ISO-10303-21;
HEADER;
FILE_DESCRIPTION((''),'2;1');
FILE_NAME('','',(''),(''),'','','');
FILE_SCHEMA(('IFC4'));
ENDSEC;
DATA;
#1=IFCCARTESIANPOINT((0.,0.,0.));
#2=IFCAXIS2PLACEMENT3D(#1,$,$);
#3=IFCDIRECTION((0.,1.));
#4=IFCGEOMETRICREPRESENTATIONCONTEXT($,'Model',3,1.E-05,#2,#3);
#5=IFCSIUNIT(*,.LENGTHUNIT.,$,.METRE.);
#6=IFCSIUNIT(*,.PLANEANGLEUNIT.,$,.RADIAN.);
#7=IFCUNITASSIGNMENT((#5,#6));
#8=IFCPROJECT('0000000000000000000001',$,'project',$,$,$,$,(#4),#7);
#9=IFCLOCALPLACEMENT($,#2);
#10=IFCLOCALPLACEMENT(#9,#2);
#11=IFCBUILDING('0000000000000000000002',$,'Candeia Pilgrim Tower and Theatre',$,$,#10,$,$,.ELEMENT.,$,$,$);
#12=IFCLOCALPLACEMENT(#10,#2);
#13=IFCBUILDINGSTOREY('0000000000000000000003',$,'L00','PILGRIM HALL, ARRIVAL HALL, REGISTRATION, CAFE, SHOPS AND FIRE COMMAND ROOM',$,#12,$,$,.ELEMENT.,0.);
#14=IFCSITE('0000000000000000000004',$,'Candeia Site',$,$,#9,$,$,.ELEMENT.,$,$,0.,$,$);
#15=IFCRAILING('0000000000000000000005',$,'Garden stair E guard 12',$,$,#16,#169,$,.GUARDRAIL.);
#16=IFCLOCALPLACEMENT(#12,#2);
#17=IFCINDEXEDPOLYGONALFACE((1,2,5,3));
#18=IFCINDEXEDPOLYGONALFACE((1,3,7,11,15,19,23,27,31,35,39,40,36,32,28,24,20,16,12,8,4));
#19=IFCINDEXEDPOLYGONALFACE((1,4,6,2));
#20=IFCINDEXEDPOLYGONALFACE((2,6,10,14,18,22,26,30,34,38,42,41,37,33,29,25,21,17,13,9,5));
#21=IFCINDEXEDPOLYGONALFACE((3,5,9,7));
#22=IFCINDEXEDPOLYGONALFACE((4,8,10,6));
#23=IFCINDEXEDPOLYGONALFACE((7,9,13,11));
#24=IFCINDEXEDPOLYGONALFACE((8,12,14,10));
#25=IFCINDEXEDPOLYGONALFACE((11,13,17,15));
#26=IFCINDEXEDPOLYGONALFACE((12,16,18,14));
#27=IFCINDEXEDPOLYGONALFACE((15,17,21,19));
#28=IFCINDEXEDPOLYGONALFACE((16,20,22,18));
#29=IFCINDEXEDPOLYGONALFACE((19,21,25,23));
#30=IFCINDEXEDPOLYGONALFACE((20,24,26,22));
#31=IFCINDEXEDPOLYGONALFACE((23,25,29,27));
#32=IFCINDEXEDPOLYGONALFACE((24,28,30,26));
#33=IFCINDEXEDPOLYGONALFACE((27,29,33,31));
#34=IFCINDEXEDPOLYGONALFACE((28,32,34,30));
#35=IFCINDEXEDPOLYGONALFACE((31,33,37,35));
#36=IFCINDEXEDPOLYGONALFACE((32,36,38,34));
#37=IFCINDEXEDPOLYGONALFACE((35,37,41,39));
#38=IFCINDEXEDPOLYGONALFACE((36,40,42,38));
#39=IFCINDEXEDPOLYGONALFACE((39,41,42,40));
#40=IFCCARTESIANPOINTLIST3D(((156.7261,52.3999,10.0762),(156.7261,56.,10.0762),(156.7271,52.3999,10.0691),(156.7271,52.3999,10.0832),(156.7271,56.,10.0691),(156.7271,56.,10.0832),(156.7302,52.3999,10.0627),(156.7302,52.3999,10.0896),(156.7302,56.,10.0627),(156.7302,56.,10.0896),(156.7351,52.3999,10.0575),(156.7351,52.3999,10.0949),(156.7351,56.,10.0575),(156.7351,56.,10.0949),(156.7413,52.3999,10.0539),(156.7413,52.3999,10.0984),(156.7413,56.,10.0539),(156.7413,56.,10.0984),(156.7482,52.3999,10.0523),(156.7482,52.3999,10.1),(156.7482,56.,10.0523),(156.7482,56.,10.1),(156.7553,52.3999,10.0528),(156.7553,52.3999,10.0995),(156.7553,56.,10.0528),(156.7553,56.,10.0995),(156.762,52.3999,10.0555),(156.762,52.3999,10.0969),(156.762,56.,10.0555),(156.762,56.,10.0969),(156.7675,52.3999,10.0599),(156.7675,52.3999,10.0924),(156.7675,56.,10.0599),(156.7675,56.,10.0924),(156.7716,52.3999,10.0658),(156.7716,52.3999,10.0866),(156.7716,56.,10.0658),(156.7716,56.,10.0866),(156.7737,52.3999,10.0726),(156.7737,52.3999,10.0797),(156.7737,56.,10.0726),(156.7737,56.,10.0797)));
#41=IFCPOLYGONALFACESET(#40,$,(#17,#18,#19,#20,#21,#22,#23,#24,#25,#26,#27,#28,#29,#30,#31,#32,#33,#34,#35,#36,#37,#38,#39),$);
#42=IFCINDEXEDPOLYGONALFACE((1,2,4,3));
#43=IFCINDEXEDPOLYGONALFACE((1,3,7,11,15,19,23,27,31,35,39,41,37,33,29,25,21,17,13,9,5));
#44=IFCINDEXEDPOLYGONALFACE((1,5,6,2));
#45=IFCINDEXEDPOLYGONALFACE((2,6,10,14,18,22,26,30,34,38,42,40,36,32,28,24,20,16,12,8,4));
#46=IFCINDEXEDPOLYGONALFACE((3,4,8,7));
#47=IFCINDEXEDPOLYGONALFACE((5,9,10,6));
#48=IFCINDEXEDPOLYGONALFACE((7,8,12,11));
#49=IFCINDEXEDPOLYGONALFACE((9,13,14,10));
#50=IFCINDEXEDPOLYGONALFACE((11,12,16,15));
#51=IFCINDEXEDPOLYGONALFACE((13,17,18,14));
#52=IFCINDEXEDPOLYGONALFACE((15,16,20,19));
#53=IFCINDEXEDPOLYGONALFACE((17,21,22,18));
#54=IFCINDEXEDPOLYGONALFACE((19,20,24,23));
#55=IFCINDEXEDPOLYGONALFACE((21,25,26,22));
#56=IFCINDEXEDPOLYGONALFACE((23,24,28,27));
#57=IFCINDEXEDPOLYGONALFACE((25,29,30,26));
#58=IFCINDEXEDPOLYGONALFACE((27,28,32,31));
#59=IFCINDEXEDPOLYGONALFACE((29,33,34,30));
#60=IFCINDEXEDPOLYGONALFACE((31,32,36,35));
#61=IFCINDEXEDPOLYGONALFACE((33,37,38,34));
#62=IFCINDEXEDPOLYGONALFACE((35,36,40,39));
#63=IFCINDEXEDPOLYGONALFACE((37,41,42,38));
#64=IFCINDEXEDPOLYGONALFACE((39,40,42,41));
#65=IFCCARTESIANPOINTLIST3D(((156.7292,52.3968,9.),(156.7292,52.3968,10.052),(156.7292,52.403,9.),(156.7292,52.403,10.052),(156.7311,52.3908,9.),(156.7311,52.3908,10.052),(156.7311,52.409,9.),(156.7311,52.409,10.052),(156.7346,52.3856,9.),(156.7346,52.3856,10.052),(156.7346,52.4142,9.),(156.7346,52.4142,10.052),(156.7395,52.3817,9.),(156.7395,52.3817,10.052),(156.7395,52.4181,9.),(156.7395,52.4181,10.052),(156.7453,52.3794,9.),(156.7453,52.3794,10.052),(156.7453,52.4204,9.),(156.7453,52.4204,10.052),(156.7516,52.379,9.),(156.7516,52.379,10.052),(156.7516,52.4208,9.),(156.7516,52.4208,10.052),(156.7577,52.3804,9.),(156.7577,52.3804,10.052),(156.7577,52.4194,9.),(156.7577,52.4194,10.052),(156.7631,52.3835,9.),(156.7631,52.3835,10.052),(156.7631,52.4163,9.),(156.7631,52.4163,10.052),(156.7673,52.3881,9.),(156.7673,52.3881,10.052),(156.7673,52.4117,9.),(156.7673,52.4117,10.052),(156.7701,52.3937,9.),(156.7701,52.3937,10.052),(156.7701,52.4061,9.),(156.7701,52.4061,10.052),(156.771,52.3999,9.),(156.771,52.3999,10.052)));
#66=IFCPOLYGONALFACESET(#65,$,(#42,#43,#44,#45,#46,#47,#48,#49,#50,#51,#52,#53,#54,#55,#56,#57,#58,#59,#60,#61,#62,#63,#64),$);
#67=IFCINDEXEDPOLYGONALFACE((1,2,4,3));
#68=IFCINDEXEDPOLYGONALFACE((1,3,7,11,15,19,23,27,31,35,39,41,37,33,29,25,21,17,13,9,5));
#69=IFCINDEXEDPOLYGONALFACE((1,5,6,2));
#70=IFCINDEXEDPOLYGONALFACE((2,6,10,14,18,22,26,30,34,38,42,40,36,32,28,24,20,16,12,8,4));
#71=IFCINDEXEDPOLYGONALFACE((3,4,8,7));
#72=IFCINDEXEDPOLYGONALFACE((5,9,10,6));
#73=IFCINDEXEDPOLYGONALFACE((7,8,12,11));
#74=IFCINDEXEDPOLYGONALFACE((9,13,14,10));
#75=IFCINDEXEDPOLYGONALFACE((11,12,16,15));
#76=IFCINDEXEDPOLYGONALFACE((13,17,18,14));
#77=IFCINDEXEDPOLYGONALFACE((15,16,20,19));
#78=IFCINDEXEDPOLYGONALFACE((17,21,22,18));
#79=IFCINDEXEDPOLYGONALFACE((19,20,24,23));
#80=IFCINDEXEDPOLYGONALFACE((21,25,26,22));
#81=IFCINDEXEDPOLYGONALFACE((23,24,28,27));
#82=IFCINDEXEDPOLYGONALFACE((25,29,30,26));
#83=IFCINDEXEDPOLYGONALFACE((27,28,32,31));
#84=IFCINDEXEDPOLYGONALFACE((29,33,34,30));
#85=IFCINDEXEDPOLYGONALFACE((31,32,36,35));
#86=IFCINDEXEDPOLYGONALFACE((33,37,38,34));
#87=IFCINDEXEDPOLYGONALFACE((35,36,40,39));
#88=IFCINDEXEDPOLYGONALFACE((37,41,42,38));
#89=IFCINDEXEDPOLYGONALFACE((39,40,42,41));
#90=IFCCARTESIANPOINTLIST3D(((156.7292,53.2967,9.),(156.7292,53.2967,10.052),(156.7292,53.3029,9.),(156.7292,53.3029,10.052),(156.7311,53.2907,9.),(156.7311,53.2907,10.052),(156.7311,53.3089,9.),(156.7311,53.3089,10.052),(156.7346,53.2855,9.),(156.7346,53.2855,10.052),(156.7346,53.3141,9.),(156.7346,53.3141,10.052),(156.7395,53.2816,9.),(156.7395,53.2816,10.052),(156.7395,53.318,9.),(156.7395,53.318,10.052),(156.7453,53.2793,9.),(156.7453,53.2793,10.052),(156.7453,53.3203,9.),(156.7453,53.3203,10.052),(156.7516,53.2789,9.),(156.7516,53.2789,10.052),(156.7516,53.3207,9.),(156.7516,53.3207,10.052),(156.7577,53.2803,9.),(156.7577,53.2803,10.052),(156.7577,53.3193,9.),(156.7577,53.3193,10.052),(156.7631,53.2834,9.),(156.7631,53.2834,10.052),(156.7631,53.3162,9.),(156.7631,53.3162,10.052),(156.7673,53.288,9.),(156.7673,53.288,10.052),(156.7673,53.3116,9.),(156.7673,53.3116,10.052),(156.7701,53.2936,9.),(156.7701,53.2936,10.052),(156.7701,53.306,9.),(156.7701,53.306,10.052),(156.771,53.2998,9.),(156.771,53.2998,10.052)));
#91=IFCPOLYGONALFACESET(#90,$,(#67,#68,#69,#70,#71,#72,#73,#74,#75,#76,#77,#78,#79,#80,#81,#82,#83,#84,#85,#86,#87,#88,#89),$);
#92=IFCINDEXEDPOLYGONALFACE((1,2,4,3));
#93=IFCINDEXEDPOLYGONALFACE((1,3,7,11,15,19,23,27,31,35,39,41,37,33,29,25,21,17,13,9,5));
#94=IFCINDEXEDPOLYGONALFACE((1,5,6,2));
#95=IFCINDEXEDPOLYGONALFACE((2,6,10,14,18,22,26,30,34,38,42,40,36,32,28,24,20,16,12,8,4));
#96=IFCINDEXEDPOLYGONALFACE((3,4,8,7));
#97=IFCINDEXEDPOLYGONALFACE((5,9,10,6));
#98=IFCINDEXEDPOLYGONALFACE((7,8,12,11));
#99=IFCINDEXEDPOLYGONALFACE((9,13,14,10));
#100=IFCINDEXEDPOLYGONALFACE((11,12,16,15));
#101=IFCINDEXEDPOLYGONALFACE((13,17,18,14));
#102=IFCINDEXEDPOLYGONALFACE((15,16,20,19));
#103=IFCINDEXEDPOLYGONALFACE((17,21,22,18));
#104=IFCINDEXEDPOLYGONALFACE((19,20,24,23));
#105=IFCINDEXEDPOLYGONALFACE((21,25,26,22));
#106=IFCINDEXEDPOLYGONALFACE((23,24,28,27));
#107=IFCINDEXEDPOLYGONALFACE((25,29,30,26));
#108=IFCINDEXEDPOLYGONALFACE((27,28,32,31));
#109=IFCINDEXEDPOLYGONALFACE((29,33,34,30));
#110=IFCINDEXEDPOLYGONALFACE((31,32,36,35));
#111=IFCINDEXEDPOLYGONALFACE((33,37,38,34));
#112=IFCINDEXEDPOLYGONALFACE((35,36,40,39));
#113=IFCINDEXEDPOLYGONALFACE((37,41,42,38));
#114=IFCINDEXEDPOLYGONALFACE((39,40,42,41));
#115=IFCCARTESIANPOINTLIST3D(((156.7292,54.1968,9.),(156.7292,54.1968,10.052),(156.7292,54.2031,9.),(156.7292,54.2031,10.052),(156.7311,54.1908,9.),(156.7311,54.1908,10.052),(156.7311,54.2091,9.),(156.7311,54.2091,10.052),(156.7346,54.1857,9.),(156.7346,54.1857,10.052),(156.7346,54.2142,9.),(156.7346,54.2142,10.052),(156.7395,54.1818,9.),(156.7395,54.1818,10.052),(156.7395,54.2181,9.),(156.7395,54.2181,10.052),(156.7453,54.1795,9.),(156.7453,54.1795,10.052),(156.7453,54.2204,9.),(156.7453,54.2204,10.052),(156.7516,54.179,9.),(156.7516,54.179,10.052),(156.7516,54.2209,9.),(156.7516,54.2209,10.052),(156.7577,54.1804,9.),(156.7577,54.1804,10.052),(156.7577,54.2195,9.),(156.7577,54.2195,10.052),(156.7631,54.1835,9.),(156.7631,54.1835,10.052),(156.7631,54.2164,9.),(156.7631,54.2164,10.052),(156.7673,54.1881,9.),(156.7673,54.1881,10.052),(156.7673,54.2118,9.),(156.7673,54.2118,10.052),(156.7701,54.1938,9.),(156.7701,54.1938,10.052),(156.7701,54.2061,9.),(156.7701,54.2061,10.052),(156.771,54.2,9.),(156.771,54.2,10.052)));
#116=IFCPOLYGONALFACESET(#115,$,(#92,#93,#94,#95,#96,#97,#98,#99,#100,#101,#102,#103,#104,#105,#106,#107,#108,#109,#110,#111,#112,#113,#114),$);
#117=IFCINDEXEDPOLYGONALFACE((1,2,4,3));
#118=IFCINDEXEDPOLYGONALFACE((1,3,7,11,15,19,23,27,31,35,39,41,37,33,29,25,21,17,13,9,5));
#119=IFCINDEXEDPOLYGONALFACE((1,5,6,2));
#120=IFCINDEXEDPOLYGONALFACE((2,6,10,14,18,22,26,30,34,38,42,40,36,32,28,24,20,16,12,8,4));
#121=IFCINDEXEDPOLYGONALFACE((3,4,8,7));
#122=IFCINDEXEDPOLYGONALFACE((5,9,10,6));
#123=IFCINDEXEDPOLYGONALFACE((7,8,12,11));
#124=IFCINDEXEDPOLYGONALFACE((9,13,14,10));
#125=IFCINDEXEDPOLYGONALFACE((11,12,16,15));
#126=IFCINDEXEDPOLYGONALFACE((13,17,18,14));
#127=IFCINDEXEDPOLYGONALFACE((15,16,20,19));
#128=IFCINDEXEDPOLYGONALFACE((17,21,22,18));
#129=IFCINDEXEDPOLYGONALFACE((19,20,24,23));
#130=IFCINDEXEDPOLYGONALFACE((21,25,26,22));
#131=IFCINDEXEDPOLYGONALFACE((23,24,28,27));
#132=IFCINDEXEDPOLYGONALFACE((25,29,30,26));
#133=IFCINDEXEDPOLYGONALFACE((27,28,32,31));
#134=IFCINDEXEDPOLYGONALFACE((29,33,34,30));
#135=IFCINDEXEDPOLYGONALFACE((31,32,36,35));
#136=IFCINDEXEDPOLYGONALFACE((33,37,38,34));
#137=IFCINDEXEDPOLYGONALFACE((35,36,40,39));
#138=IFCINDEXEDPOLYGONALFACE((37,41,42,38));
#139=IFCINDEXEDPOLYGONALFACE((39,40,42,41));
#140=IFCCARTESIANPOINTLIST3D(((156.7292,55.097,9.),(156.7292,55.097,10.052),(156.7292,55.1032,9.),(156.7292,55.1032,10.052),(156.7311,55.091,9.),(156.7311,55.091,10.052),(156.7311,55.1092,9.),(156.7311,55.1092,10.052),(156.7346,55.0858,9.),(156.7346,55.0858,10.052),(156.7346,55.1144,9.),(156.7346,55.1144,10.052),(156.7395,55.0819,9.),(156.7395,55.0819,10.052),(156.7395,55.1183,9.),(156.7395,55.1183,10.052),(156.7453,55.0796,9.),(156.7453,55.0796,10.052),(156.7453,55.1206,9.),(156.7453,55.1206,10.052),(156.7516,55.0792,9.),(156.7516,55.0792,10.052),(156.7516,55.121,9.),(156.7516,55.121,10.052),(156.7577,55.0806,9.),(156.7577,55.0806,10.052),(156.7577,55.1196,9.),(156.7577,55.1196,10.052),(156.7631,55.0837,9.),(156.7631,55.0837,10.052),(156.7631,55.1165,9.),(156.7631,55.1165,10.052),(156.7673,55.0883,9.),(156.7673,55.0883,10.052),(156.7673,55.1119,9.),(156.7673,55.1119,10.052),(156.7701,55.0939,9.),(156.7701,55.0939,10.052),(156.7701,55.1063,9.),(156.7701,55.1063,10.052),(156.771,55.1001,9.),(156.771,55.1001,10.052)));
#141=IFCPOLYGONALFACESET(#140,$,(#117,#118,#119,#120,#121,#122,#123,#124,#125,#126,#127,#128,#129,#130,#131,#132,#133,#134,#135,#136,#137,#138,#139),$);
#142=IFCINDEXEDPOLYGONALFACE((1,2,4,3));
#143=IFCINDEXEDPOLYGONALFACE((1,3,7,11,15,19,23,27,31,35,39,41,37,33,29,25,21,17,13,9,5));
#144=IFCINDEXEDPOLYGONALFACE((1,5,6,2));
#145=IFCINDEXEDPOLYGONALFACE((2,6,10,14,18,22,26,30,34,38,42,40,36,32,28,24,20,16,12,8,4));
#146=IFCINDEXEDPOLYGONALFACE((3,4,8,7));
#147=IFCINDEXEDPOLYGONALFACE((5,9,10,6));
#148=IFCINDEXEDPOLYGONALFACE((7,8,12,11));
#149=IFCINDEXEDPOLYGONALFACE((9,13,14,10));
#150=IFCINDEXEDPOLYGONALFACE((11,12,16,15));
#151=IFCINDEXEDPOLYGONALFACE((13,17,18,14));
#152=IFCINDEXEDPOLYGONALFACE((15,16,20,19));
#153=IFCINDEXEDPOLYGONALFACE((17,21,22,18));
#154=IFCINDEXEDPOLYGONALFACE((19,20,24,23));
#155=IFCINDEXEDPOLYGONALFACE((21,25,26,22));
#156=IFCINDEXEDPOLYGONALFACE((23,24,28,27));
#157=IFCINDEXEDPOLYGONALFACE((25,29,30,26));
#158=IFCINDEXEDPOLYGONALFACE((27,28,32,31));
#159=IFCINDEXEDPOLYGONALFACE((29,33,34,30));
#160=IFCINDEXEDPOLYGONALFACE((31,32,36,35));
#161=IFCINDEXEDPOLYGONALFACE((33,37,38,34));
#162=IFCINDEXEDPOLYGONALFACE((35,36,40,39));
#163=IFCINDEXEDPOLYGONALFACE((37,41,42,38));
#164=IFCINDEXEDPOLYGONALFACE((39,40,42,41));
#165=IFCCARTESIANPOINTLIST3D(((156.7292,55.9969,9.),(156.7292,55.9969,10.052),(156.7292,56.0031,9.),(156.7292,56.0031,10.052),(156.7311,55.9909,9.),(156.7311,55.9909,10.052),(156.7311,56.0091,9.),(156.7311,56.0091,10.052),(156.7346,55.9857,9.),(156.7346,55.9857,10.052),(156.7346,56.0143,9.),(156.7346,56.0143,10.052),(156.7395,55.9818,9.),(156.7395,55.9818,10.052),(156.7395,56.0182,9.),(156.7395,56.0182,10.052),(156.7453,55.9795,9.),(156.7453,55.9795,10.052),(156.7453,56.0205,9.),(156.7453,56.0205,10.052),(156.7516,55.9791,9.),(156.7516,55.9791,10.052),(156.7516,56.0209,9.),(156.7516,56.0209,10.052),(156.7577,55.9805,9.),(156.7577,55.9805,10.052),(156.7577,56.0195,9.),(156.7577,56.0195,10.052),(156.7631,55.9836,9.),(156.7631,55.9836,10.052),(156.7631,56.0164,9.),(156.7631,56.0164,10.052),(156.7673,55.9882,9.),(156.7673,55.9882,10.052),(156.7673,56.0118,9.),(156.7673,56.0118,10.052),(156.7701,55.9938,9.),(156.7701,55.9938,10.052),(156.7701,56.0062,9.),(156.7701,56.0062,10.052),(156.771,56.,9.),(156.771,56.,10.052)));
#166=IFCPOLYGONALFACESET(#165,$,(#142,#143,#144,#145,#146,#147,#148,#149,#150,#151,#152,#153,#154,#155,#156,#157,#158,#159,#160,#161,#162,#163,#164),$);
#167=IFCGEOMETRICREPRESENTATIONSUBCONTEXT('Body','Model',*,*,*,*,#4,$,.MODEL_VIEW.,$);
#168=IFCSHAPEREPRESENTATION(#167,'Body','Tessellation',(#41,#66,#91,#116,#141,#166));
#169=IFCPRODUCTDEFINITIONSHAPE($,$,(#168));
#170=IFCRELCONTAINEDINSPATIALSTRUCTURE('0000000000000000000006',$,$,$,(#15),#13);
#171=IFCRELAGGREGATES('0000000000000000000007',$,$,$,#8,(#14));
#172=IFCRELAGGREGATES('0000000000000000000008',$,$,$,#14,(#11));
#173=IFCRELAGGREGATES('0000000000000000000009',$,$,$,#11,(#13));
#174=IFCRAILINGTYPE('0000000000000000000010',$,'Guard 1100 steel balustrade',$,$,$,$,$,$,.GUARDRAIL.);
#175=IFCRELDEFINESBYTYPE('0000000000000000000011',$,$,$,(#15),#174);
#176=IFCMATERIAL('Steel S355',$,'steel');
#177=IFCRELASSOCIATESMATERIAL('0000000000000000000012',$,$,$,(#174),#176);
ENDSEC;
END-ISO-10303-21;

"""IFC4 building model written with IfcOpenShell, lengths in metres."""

from ifc_helpers import new_model, si_unit, direction, frame, origin, origin_2d, place, context, subcontext, project, spatial, circle, extrude, material, type_object, element, save


model = new_model("IFC4")

# Units and contexts
model_context = context("Model", 3, precision=1e-05, world=origin(), true_north=direction((0.0, 1.0)))
body_context = subcontext(model_context, "Body", "Model", "MODEL_VIEW")
ifc_project = project(units=[si_unit("LENGTHUNIT", "METRE"), si_unit("PLANEANGLEUNIT", "RADIAN")], contexts=[model_context])

# Site, building, storey
site_placement = place(None, origin())
site = spatial("IfcSite", under=ifc_project, at=site_placement, Name="Candeia Site", CompositionType="ELEMENT", RefElevation=0.0)
building_placement = place(site_placement, origin())
building = spatial("IfcBuilding", under=site, at=building_placement, Name="Candeia Pilgrim Tower and Theatre", CompositionType="ELEMENT")
storey_placement = place(building_placement, origin())
storey = spatial("IfcBuildingStorey", under=building, at=storey_placement, Name="L00", Description="PILGRIM HALL, ARRIVAL HALL, REGISTRATION, CAFE, SHOPS AND FIRE COMMAND ROOM", CompositionType="ELEMENT", Elevation=0.0)

# Railing
ifc_material_1 = material(Name="Steel S355", Category="steel")
railing_type_1 = type_object("IfcRailingType", Name="Guard 1100 steel balustrade", PredefinedType="GUARDRAIL", material=ifc_material_1)
for number, where, name in (
    (1, (156.75, 52.3999, 9.0), "Garden stair E guard 12"),
):
    element("IfcRailing", number, at=place(storey_placement, frame(where)), inside=storey, type_object=railing_type_1, Name=name, PredefinedType="GUARDRAIL", context=body_context, shape_type="SweptSolid", body=[
        extrude(circle(Radius=0.0239, at=origin_2d()), frame((0.0, 0.0, 1.0762), z_axis=(0.0, 1.0, 0.0), x_axis=(-1.0, 0.0, 0.0)), (0.0, 0.0, 1.0), 3.6001),
        extrude(circle(Radius=0.021, at=origin_2d()), origin(), (0.0, 0.0, 1.0), 1.052),
        extrude(circle(Radius=0.021, at=origin_2d()), frame((0.0, 0.8999, 0.0)), (0.0, 0.0, 1.0), 1.052),
        extrude(circle(Radius=0.021, at=origin_2d()), frame((0.0, 1.8, 0.0)), (0.0, 0.0, 1.0), 1.052),
        extrude(circle(Radius=0.021, at=origin_2d()), frame((0.0, 2.7002, 0.0)), (0.0, 0.0, 1.0), 1.052),
        extrude(circle(Radius=0.021, at=origin_2d()), frame((0.0, 3.6001, 0.0)), (0.0, 0.0, 1.0), 1.052),
    ])

save(model, "model.ifc")
